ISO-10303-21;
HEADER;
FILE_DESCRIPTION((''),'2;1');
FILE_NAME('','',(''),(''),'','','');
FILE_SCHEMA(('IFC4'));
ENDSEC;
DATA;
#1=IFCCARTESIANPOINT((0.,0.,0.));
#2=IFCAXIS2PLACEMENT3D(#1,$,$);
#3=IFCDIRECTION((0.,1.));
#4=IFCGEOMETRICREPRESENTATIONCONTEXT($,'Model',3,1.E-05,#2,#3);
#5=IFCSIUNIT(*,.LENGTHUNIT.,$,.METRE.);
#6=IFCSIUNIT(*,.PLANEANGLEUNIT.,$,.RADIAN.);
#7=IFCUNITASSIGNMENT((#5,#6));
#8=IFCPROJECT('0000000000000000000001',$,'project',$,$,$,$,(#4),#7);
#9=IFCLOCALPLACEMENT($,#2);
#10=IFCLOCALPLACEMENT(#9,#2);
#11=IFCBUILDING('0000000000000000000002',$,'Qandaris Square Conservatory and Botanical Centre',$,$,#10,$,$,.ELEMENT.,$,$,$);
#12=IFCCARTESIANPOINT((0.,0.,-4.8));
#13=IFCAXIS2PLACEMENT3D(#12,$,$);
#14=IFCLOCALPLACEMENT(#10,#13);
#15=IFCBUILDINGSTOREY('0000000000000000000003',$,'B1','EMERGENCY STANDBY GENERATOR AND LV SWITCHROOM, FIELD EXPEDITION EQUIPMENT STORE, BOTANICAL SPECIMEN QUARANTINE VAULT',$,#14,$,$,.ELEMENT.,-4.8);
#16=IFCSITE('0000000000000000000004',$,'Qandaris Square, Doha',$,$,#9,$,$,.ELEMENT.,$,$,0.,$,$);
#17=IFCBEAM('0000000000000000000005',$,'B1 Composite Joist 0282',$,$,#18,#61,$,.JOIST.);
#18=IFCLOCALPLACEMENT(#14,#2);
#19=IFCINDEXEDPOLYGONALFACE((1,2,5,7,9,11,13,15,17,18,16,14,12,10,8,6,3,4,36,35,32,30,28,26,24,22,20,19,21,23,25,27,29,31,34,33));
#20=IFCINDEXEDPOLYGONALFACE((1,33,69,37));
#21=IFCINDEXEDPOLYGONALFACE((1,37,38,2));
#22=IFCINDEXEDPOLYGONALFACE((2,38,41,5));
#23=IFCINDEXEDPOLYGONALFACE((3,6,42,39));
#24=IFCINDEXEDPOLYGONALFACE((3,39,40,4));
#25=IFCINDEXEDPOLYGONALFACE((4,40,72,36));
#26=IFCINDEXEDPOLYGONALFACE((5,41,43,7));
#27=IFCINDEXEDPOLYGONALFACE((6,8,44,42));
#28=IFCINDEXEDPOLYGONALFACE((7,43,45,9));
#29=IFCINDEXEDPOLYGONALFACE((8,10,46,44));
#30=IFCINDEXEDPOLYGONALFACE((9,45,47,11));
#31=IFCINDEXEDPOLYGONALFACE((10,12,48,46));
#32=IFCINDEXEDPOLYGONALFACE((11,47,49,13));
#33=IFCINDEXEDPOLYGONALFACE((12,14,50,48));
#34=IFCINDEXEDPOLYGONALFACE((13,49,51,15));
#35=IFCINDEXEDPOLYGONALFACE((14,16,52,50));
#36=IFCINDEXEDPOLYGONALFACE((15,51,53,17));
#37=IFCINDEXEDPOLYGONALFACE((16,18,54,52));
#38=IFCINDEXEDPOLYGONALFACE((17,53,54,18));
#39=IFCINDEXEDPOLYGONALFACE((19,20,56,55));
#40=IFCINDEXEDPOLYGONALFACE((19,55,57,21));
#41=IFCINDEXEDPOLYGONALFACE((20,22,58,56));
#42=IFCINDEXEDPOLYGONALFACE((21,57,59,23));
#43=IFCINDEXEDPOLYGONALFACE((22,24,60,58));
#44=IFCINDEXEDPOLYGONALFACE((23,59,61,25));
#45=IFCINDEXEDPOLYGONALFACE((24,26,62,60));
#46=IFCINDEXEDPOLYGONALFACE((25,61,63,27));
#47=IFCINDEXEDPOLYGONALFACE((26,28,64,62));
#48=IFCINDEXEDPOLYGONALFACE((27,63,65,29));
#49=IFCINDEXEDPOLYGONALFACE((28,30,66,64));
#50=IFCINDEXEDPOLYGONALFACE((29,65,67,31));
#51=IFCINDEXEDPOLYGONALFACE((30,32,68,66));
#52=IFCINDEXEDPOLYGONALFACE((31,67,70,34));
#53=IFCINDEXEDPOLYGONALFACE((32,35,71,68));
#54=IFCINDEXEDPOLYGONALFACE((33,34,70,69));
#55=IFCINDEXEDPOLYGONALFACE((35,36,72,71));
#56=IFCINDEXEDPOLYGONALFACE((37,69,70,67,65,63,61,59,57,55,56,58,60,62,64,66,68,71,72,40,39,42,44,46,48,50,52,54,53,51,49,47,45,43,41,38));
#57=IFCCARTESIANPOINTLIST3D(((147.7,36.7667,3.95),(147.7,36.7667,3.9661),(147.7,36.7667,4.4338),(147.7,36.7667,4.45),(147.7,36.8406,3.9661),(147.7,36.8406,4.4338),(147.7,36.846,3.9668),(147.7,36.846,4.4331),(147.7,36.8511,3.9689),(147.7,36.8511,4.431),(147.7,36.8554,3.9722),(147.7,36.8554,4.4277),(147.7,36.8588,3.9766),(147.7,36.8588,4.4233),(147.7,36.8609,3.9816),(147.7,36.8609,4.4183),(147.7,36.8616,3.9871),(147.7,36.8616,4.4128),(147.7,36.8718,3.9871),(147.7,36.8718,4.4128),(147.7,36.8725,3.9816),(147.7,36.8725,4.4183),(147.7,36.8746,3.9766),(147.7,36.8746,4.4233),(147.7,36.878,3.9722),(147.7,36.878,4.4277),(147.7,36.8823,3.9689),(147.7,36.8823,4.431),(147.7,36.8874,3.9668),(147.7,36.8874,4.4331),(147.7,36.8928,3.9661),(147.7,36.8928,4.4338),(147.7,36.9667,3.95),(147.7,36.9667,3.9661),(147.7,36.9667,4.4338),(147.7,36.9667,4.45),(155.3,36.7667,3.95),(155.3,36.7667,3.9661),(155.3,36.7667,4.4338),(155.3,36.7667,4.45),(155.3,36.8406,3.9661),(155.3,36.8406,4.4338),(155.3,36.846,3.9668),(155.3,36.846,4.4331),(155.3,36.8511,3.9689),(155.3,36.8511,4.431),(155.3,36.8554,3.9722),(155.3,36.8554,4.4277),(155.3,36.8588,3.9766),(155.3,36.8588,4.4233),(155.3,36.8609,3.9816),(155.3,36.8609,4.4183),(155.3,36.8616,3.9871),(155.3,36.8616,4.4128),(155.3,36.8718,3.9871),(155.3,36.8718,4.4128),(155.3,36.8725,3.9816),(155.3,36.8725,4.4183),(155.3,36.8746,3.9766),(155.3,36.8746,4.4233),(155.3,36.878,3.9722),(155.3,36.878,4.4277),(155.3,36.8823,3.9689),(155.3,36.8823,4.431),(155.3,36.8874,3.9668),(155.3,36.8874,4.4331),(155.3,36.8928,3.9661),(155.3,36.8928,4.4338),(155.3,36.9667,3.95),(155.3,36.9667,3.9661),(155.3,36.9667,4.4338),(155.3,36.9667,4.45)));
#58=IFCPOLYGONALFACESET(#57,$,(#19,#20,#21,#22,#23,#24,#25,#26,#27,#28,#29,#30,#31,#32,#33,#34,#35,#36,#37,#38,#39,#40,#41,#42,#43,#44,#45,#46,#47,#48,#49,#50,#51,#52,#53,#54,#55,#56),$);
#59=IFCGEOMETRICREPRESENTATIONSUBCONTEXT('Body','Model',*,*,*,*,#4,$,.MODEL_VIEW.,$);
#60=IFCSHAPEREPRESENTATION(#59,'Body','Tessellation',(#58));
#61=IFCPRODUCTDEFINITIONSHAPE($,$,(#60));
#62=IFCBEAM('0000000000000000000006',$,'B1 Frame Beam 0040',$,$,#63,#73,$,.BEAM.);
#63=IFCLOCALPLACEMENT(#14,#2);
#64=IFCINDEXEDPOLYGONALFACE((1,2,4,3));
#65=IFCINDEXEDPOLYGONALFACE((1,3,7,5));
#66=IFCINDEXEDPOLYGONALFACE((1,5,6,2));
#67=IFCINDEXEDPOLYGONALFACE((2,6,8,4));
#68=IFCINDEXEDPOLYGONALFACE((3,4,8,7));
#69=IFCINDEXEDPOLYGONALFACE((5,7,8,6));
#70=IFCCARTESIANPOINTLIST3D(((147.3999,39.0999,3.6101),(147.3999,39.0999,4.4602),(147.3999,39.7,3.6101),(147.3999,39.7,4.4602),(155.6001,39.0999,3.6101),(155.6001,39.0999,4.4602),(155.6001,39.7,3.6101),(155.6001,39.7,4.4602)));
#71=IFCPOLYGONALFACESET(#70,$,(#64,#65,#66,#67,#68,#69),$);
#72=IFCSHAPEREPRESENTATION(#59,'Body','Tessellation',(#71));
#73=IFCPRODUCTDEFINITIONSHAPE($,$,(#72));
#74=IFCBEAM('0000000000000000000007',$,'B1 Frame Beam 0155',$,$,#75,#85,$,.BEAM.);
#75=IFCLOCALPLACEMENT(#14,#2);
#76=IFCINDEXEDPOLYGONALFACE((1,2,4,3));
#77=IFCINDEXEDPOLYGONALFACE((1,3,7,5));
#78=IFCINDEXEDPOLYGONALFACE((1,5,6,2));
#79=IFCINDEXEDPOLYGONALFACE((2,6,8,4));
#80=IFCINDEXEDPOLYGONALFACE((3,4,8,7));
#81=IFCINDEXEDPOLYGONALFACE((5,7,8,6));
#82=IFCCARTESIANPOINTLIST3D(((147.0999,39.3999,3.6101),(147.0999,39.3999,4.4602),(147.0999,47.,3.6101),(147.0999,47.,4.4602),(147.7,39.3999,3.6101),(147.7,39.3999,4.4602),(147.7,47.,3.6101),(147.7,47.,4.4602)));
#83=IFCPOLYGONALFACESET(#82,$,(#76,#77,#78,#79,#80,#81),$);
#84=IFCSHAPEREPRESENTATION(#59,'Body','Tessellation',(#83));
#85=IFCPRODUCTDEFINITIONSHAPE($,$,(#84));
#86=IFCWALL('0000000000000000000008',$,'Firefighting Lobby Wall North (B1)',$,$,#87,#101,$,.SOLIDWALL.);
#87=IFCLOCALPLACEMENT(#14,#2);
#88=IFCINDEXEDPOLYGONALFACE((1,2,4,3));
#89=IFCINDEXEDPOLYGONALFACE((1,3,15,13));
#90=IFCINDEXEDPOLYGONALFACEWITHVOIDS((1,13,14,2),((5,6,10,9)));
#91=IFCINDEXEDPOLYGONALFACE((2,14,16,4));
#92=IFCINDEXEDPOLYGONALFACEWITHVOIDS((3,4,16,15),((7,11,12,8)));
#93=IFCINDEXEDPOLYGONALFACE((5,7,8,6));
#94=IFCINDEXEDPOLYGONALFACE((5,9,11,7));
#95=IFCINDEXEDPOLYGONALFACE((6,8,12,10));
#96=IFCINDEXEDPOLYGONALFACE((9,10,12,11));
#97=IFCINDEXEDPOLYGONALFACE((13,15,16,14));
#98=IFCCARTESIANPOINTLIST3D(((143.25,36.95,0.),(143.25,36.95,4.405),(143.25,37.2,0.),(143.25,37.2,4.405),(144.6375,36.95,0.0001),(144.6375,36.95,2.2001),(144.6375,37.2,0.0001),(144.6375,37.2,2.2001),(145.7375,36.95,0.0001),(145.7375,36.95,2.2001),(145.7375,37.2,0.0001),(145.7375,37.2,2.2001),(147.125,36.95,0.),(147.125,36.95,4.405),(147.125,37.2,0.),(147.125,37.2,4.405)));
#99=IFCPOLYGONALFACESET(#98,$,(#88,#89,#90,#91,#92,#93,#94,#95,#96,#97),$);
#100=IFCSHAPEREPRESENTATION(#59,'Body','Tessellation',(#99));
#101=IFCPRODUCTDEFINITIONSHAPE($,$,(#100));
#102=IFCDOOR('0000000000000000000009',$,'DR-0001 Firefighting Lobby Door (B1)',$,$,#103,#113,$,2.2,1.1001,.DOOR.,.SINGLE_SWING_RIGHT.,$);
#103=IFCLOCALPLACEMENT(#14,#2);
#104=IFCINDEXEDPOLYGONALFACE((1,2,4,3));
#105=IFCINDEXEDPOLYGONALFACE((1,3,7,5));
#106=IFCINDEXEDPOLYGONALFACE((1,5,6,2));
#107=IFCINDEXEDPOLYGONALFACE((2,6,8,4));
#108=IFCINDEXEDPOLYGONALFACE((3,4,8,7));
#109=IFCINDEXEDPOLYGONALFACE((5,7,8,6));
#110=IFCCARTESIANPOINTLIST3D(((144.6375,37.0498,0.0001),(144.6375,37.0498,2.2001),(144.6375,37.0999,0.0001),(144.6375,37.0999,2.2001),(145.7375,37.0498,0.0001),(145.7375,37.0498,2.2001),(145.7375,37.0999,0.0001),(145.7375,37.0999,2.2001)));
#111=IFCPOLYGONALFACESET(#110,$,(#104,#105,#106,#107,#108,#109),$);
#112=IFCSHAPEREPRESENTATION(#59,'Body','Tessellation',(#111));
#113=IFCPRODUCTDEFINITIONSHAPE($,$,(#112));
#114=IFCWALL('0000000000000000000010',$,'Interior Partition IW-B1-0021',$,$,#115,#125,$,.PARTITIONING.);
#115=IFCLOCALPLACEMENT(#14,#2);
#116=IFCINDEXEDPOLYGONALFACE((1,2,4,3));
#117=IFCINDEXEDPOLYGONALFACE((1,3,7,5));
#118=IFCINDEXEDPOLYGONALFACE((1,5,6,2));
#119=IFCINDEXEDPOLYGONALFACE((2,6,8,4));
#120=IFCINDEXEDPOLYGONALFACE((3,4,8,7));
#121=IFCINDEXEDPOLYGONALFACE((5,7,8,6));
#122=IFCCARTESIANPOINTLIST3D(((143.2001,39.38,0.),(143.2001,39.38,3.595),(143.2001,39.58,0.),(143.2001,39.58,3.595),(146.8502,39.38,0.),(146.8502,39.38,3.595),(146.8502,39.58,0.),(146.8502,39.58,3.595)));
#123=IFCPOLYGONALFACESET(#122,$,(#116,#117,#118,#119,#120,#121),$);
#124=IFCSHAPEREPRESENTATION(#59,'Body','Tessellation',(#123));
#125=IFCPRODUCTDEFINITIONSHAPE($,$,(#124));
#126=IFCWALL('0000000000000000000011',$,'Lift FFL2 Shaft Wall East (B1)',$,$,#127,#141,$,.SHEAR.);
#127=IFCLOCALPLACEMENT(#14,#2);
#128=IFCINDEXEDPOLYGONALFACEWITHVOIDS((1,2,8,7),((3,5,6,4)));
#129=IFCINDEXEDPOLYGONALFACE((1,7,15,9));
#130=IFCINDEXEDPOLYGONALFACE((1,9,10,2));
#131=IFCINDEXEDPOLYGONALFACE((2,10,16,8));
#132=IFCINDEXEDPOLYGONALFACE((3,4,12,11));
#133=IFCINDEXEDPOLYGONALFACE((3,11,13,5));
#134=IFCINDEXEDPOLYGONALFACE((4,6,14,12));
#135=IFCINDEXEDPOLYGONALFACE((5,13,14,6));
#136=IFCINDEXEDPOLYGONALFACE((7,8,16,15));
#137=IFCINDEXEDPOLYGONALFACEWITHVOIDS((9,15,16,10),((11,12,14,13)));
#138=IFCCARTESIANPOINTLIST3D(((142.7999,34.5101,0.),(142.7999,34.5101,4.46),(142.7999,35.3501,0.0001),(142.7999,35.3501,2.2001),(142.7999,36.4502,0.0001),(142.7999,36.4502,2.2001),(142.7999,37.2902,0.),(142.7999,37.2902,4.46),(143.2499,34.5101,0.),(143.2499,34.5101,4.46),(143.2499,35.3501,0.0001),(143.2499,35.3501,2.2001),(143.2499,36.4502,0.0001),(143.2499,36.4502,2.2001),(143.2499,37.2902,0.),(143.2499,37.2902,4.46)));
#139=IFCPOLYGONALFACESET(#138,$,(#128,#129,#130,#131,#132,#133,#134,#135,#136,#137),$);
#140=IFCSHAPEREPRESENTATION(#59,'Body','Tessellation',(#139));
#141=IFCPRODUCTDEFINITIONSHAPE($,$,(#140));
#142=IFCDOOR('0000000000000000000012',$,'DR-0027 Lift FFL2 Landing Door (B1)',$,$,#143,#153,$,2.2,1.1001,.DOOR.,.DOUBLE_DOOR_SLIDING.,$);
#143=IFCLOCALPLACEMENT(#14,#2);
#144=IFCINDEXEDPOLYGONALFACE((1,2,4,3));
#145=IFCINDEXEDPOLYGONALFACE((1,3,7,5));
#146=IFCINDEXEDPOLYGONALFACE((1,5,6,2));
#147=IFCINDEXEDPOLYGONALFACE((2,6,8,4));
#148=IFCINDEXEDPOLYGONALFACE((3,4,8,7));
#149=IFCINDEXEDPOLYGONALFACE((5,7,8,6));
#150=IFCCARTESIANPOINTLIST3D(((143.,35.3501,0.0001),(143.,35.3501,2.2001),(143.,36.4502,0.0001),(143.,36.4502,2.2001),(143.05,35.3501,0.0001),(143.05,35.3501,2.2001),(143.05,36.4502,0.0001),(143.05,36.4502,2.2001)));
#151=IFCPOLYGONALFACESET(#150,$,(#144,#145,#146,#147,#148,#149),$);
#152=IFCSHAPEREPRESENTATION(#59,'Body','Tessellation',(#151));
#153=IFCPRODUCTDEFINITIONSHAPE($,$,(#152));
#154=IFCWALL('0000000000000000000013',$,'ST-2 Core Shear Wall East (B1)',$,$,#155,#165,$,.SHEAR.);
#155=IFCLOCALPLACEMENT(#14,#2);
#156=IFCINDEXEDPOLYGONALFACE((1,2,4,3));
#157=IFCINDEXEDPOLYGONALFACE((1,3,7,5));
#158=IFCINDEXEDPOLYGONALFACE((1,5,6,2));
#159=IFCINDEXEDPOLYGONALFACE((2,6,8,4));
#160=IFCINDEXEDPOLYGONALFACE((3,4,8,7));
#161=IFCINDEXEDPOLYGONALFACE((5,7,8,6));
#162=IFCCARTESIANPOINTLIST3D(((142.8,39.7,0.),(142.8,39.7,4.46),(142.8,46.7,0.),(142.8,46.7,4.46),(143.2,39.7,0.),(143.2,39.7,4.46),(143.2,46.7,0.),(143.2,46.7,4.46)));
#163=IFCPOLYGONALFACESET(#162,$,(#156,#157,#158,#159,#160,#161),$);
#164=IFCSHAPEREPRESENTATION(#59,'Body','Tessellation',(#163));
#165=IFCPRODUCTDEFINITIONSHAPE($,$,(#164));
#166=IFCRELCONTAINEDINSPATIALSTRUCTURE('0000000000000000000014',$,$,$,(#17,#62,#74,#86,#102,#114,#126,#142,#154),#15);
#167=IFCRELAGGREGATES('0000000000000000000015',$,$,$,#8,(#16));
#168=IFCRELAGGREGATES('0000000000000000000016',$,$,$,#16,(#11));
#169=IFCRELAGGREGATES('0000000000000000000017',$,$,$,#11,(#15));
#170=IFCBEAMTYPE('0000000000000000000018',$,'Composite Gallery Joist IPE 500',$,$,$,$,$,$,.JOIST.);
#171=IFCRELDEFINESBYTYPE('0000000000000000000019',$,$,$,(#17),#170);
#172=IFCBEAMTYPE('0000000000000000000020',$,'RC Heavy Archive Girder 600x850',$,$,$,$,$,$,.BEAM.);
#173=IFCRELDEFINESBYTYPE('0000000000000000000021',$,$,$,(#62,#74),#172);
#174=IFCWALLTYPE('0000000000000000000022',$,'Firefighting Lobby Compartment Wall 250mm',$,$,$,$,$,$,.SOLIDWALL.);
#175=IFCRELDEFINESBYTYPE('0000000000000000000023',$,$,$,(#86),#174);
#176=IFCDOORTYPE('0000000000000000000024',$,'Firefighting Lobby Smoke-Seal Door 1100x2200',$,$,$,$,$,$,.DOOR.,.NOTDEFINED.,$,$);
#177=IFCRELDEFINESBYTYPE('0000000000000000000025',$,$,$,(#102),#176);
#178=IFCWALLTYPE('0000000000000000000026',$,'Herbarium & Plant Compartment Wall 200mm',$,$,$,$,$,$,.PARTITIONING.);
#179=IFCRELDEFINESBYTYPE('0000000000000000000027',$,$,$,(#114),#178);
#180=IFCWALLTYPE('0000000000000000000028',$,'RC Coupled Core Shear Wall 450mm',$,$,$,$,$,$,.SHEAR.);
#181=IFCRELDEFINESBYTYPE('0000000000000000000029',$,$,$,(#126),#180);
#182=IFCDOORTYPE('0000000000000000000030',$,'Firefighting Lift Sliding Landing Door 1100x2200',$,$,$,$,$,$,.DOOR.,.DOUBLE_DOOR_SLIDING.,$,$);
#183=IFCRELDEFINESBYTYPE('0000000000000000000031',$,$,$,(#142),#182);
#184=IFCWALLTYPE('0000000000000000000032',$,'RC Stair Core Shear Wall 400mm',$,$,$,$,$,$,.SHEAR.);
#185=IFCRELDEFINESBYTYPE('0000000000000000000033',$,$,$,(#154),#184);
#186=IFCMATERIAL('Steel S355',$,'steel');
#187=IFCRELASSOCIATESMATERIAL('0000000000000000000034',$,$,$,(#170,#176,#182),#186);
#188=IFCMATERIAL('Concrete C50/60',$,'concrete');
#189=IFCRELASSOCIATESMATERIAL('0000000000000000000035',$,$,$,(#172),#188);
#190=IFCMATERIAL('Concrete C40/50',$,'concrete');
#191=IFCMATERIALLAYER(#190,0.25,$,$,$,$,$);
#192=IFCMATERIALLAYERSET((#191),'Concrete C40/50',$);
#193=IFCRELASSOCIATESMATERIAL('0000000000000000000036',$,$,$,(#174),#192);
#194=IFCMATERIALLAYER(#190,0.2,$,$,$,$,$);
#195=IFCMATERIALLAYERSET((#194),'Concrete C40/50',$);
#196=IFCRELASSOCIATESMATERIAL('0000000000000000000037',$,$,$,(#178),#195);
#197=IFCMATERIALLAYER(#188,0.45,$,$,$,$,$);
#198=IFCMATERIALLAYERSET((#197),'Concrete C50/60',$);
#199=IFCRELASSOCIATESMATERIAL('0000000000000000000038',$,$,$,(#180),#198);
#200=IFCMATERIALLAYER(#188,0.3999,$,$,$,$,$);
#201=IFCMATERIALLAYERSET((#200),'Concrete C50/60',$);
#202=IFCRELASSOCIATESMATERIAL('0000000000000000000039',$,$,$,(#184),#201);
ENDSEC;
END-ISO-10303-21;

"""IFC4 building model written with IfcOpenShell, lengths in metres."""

from ifc_helpers import new_model, si_unit, direction, frame, frame_2d, origin, origin_2d, place, context, subcontext, project, spatial, rectangle, i_section, extrude, material, layer, layer_set, material_profile, profile_set, type_object, element, fill, save


model = new_model("IFC4")

# Units and contexts
model_context = context("Model", 3, precision=1e-05, world=origin(), true_north=direction((0.0, 1.0)))
body_context = subcontext(model_context, "Body", "Model", "MODEL_VIEW")
ifc_project = project(units=[si_unit("LENGTHUNIT", "METRE"), si_unit("PLANEANGLEUNIT", "RADIAN")], contexts=[model_context])

# Site, building, storey
site_placement = place(None, origin())
site = spatial("IfcSite", under=ifc_project, at=site_placement, Name="Qandaris Square, Doha", CompositionType="ELEMENT", RefElevation=0.0)
building_placement = place(site_placement, origin())
building = spatial("IfcBuilding", under=site, at=building_placement, Name="Qandaris Square Conservatory and Botanical Centre", CompositionType="ELEMENT")
storey_placement = place(building_placement, frame((0.0, 0.0, -4.8)))
storey = spatial("IfcBuildingStorey", under=building, at=storey_placement, Name="B1", Description="EMERGENCY STANDBY GENERATOR AND LV SWITCHROOM, FIELD EXPEDITION EQUIPMENT STORE, BOTANICAL SPECIMEN QUARANTINE VAULT", CompositionType="ELEMENT", Elevation=-4.8)

# Shared definitions
ifc_material_1 = material(Name="Concrete C50/60", Category="concrete")

# Shared definitions
ifc_material_2 = material(Name="Concrete C40/50", Category="concrete")

# Beams
ifc_material_3 = material(Name="Steel S355", Category="steel")
ifc_material_profile_1 = material_profile(ifc_material_3, i_section(OverallWidth=0.2, OverallDepth=0.5, WebThickness=0.0103, FlangeThickness=0.0161, FilletRadius=0.021, at=origin_2d()), Name="IPE 500")
ifc_profile_set_1 = profile_set([ifc_material_profile_1], Name="Steel S355")
beam_type_1 = type_object("IfcBeamType", Name="Composite Gallery Joist IPE 500", PredefinedType="JOIST", material=ifc_profile_set_1)
beam_1_placement = place(storey_placement, frame((147.7, 36.8667, 4.2), z_axis=(1.0, 0.0, 0.0), x_axis=(0.0, 1.0, 0.0)))
element("IfcBeam", 1, at=beam_1_placement, inside=storey, type_object=beam_type_1, Name="B1 Composite Joist 0282", PredefinedType="JOIST", context=body_context, shape_type="SweptSolid", body=[
    extrude(i_section(OverallWidth=0.2, OverallDepth=0.5, WebThickness=0.0103, FlangeThickness=0.0161, FilletRadius=0.021, at=origin_2d()), origin(), (0.0, 0.0, 1.0), 7.6001),
])
ifc_material_profile_2 = material_profile(ifc_material_1, rectangle(XDim=0.6001, YDim=0.8501, at=origin_2d()), Name="RC-BM 600x850")
ifc_profile_set_2 = profile_set([ifc_material_profile_2], Name="Concrete C50/60")
beam_type_2 = type_object("IfcBeamType", Name="RC Heavy Archive Girder 600x850", PredefinedType="BEAM", material=ifc_profile_set_2)
beam_2_placement = place(storey_placement, frame((147.3999, 39.3999, 4.0352), z_axis=(1.0, 0.0, 0.0), x_axis=(0.0, 1.0, 0.0)))
element("IfcBeam", 2, at=beam_2_placement, inside=storey, type_object=beam_type_2, Name="B1 Frame Beam 0040", PredefinedType="BEAM", context=body_context, shape_type="SweptSolid", body=[
    extrude(rectangle(XDim=0.6001, YDim=0.8501, at=origin_2d()), origin(), (0.0, 0.0, 1.0), 8.2002),
])
beam_3_placement = place(storey_placement, frame((147.3999, 39.3999, 4.0352), z_axis=(0.0, 1.0, 0.0), x_axis=(-1.0, 0.0, 0.0)))
element("IfcBeam", 3, at=beam_3_placement, inside=storey, type_object=beam_type_2, Name="B1 Frame Beam 0155", PredefinedType="BEAM", context=body_context, shape_type="SweptSolid", body=[
    extrude(rectangle(XDim=0.6001, YDim=0.8501, at=origin_2d()), origin(), (0.0, 0.0, 1.0), 7.6001),
])

# Wall, opening, door
ifc_layer_1 = layer(ifc_material_2, 0.25)
ifc_layer_set_1 = layer_set([ifc_layer_1], Name="Concrete C40/50")
wall_type_1 = type_object("IfcWallType", Name="Firefighting Lobby Compartment Wall 250mm", PredefinedType="SOLIDWALL", material=ifc_layer_set_1)
wall_1_placement = place(storey_placement, frame((143.25, 37.075, 0.0), z_axis=(0.0, 0.0, 1.0), x_axis=(1.0, 0.0, 0.0)))
wall_1 = element("IfcWall", 4, at=wall_1_placement, inside=storey, type_object=wall_type_1, Name="Firefighting Lobby Wall North (B1)", PredefinedType="SOLIDWALL", context=body_context, shape_type="SweptSolid", body=[
    extrude(rectangle(XDim=3.875, YDim=0.25, at=frame_2d((1.9375, 0.0))), origin(), (0.0, 0.0, 1.0), 4.405),
])
opening_1_placement = place(wall_1_placement, frame((1.3875, 0.0, 0.0)))
opening_1 = element("IfcOpeningElement", 5, at=opening_1_placement, cuts=wall_1, PredefinedType="OPENING", context=body_context, shape_type="SweptSolid", body=[
    extrude(rectangle(XDim=1.1001, YDim=2.2, at=frame_2d((0.55, 1.1001))), frame((0.0, 0.137, 0.0), z_axis=(0.0, -1.0, 0.0), x_axis=(1.0, 0.0, 0.0)), (0.0, 0.0, 1.0), 0.2739),
])
door_type_1 = type_object("IfcDoorType", Name="Firefighting Lobby Smoke-Seal Door 1100x2200", OperationType="NOTDEFINED", PredefinedType="DOOR", material=ifc_material_3)
door_1_placement = place(opening_1_placement, origin())
door_1 = element("IfcDoor", 6, at=door_1_placement, inside=storey, type_object=door_type_1, Name="DR-0001 Firefighting Lobby Door (B1)", OperationType="SINGLE_SWING_RIGHT", OverallHeight=2.2, OverallWidth=1.1001, PredefinedType="DOOR", context=body_context, shape_type="SweptSolid", body=[
    extrude(rectangle(XDim=1.1001, YDim=2.2, at=frame_2d((0.55, 1.1001))), frame((0.0, 0.0249, 0.0), z_axis=(0.0, -1.0, 0.0), x_axis=(1.0, 0.0, 0.0)), (0.0, 0.0, 1.0), 0.05),
])
fill(opening_1, door_1)

# Wall
ifc_layer_2 = layer(ifc_material_2, 0.2)
ifc_layer_set_2 = layer_set([ifc_layer_2], Name="Concrete C40/50")
wall_type_2 = type_object("IfcWallType", Name="Herbarium & Plant Compartment Wall 200mm", PredefinedType="PARTITIONING", material=ifc_layer_set_2)
wall_2_placement = place(storey_placement, frame((143.2, 39.48, 0.0), z_axis=(0.0, 0.0, 1.0), x_axis=(1.0, 0.0, 0.0)))
element("IfcWall", 7, at=wall_2_placement, inside=storey, type_object=wall_type_2, Name="Interior Partition IW-B1-0021", PredefinedType="PARTITIONING", context=body_context, shape_type="SweptSolid", body=[
    extrude(rectangle(XDim=3.6501, YDim=0.2, at=frame_2d((1.8252, 0.0))), origin(), (0.0, 0.0, 1.0), 3.595),
])

# Wall, opening, door
ifc_layer_3 = layer(ifc_material_1, 0.45)
ifc_layer_set_3 = layer_set([ifc_layer_3], Name="Concrete C50/60")
wall_type_3 = type_object("IfcWallType", Name="RC Coupled Core Shear Wall 450mm", PredefinedType="SHEAR", material=ifc_layer_set_3)
wall_3_placement = place(storey_placement, frame((143.0249, 34.51, 0.0), z_axis=(0.0, 0.0, 1.0), x_axis=(0.0, 1.0, 0.0)))
wall_3 = element("IfcWall", 8, at=wall_3_placement, inside=storey, type_object=wall_type_3, Name="Lift FFL2 Shaft Wall East (B1)", PredefinedType="SHEAR", context=body_context, shape_type="SweptSolid", body=[
    extrude(rectangle(XDim=2.78, YDim=0.45, at=frame_2d((1.3901, 0.0))), origin(), (0.0, 0.0, 1.0), 4.46),
])
opening_2_placement = place(wall_3_placement, frame((0.8401, 0.0, 0.0)))
opening_2 = element("IfcOpeningElement", 9, at=opening_2_placement, cuts=wall_3, PredefinedType="OPENING", context=body_context, shape_type="SweptSolid", body=[
    extrude(rectangle(XDim=1.1001, YDim=2.2, at=frame_2d((0.55, 1.1001))), frame((0.0, 0.2368, 0.0), z_axis=(0.0, -1.0, 0.0), x_axis=(1.0, 0.0, 0.0)), (0.0, 0.0, 1.0), 0.4739),
])
door_type_2 = type_object("IfcDoorType", Name="Firefighting Lift Sliding Landing Door 1100x2200", OperationType="DOUBLE_DOOR_SLIDING", PredefinedType="DOOR", material=ifc_material_3)
door_2_placement = place(opening_2_placement, origin())
door_2 = element("IfcDoor", 10, at=door_2_placement, inside=storey, type_object=door_type_2, Name="DR-0027 Lift FFL2 Landing Door (B1)", OperationType="DOUBLE_DOOR_SLIDING", OverallHeight=2.2, OverallWidth=1.1001, PredefinedType="DOOR", context=body_context, shape_type="SweptSolid", body=[
    extrude(rectangle(XDim=1.1001, YDim=2.2, at=frame_2d((0.55, 1.1001))), frame((0.0, 0.0249, 0.0), z_axis=(0.0, -1.0, 0.0), x_axis=(1.0, 0.0, 0.0)), (0.0, 0.0, 1.0), 0.05),
])
fill(opening_2, door_2)

# Wall
ifc_layer_4 = layer(ifc_material_1, 0.3999)
ifc_layer_set_4 = layer_set([ifc_layer_4], Name="Concrete C50/60")
wall_type_4 = type_object("IfcWallType", Name="RC Stair Core Shear Wall 400mm", PredefinedType="SHEAR", material=ifc_layer_set_4)
wall_4_placement = place(storey_placement, frame((143.0, 39.7, 0.0), z_axis=(0.0, 0.0, 1.0), x_axis=(0.0, 1.0, 0.0)))
element("IfcWall", 11, at=wall_4_placement, inside=storey, type_object=wall_type_4, Name="ST-2 Core Shear Wall East (B1)", PredefinedType="SHEAR", context=body_context, shape_type="SweptSolid", body=[
    extrude(rectangle(XDim=7.0, YDim=0.3999, at=frame_2d((3.5, 0.0))), origin(), (0.0, 0.0, 1.0), 4.46),
])

save(model, "model.ifc")
